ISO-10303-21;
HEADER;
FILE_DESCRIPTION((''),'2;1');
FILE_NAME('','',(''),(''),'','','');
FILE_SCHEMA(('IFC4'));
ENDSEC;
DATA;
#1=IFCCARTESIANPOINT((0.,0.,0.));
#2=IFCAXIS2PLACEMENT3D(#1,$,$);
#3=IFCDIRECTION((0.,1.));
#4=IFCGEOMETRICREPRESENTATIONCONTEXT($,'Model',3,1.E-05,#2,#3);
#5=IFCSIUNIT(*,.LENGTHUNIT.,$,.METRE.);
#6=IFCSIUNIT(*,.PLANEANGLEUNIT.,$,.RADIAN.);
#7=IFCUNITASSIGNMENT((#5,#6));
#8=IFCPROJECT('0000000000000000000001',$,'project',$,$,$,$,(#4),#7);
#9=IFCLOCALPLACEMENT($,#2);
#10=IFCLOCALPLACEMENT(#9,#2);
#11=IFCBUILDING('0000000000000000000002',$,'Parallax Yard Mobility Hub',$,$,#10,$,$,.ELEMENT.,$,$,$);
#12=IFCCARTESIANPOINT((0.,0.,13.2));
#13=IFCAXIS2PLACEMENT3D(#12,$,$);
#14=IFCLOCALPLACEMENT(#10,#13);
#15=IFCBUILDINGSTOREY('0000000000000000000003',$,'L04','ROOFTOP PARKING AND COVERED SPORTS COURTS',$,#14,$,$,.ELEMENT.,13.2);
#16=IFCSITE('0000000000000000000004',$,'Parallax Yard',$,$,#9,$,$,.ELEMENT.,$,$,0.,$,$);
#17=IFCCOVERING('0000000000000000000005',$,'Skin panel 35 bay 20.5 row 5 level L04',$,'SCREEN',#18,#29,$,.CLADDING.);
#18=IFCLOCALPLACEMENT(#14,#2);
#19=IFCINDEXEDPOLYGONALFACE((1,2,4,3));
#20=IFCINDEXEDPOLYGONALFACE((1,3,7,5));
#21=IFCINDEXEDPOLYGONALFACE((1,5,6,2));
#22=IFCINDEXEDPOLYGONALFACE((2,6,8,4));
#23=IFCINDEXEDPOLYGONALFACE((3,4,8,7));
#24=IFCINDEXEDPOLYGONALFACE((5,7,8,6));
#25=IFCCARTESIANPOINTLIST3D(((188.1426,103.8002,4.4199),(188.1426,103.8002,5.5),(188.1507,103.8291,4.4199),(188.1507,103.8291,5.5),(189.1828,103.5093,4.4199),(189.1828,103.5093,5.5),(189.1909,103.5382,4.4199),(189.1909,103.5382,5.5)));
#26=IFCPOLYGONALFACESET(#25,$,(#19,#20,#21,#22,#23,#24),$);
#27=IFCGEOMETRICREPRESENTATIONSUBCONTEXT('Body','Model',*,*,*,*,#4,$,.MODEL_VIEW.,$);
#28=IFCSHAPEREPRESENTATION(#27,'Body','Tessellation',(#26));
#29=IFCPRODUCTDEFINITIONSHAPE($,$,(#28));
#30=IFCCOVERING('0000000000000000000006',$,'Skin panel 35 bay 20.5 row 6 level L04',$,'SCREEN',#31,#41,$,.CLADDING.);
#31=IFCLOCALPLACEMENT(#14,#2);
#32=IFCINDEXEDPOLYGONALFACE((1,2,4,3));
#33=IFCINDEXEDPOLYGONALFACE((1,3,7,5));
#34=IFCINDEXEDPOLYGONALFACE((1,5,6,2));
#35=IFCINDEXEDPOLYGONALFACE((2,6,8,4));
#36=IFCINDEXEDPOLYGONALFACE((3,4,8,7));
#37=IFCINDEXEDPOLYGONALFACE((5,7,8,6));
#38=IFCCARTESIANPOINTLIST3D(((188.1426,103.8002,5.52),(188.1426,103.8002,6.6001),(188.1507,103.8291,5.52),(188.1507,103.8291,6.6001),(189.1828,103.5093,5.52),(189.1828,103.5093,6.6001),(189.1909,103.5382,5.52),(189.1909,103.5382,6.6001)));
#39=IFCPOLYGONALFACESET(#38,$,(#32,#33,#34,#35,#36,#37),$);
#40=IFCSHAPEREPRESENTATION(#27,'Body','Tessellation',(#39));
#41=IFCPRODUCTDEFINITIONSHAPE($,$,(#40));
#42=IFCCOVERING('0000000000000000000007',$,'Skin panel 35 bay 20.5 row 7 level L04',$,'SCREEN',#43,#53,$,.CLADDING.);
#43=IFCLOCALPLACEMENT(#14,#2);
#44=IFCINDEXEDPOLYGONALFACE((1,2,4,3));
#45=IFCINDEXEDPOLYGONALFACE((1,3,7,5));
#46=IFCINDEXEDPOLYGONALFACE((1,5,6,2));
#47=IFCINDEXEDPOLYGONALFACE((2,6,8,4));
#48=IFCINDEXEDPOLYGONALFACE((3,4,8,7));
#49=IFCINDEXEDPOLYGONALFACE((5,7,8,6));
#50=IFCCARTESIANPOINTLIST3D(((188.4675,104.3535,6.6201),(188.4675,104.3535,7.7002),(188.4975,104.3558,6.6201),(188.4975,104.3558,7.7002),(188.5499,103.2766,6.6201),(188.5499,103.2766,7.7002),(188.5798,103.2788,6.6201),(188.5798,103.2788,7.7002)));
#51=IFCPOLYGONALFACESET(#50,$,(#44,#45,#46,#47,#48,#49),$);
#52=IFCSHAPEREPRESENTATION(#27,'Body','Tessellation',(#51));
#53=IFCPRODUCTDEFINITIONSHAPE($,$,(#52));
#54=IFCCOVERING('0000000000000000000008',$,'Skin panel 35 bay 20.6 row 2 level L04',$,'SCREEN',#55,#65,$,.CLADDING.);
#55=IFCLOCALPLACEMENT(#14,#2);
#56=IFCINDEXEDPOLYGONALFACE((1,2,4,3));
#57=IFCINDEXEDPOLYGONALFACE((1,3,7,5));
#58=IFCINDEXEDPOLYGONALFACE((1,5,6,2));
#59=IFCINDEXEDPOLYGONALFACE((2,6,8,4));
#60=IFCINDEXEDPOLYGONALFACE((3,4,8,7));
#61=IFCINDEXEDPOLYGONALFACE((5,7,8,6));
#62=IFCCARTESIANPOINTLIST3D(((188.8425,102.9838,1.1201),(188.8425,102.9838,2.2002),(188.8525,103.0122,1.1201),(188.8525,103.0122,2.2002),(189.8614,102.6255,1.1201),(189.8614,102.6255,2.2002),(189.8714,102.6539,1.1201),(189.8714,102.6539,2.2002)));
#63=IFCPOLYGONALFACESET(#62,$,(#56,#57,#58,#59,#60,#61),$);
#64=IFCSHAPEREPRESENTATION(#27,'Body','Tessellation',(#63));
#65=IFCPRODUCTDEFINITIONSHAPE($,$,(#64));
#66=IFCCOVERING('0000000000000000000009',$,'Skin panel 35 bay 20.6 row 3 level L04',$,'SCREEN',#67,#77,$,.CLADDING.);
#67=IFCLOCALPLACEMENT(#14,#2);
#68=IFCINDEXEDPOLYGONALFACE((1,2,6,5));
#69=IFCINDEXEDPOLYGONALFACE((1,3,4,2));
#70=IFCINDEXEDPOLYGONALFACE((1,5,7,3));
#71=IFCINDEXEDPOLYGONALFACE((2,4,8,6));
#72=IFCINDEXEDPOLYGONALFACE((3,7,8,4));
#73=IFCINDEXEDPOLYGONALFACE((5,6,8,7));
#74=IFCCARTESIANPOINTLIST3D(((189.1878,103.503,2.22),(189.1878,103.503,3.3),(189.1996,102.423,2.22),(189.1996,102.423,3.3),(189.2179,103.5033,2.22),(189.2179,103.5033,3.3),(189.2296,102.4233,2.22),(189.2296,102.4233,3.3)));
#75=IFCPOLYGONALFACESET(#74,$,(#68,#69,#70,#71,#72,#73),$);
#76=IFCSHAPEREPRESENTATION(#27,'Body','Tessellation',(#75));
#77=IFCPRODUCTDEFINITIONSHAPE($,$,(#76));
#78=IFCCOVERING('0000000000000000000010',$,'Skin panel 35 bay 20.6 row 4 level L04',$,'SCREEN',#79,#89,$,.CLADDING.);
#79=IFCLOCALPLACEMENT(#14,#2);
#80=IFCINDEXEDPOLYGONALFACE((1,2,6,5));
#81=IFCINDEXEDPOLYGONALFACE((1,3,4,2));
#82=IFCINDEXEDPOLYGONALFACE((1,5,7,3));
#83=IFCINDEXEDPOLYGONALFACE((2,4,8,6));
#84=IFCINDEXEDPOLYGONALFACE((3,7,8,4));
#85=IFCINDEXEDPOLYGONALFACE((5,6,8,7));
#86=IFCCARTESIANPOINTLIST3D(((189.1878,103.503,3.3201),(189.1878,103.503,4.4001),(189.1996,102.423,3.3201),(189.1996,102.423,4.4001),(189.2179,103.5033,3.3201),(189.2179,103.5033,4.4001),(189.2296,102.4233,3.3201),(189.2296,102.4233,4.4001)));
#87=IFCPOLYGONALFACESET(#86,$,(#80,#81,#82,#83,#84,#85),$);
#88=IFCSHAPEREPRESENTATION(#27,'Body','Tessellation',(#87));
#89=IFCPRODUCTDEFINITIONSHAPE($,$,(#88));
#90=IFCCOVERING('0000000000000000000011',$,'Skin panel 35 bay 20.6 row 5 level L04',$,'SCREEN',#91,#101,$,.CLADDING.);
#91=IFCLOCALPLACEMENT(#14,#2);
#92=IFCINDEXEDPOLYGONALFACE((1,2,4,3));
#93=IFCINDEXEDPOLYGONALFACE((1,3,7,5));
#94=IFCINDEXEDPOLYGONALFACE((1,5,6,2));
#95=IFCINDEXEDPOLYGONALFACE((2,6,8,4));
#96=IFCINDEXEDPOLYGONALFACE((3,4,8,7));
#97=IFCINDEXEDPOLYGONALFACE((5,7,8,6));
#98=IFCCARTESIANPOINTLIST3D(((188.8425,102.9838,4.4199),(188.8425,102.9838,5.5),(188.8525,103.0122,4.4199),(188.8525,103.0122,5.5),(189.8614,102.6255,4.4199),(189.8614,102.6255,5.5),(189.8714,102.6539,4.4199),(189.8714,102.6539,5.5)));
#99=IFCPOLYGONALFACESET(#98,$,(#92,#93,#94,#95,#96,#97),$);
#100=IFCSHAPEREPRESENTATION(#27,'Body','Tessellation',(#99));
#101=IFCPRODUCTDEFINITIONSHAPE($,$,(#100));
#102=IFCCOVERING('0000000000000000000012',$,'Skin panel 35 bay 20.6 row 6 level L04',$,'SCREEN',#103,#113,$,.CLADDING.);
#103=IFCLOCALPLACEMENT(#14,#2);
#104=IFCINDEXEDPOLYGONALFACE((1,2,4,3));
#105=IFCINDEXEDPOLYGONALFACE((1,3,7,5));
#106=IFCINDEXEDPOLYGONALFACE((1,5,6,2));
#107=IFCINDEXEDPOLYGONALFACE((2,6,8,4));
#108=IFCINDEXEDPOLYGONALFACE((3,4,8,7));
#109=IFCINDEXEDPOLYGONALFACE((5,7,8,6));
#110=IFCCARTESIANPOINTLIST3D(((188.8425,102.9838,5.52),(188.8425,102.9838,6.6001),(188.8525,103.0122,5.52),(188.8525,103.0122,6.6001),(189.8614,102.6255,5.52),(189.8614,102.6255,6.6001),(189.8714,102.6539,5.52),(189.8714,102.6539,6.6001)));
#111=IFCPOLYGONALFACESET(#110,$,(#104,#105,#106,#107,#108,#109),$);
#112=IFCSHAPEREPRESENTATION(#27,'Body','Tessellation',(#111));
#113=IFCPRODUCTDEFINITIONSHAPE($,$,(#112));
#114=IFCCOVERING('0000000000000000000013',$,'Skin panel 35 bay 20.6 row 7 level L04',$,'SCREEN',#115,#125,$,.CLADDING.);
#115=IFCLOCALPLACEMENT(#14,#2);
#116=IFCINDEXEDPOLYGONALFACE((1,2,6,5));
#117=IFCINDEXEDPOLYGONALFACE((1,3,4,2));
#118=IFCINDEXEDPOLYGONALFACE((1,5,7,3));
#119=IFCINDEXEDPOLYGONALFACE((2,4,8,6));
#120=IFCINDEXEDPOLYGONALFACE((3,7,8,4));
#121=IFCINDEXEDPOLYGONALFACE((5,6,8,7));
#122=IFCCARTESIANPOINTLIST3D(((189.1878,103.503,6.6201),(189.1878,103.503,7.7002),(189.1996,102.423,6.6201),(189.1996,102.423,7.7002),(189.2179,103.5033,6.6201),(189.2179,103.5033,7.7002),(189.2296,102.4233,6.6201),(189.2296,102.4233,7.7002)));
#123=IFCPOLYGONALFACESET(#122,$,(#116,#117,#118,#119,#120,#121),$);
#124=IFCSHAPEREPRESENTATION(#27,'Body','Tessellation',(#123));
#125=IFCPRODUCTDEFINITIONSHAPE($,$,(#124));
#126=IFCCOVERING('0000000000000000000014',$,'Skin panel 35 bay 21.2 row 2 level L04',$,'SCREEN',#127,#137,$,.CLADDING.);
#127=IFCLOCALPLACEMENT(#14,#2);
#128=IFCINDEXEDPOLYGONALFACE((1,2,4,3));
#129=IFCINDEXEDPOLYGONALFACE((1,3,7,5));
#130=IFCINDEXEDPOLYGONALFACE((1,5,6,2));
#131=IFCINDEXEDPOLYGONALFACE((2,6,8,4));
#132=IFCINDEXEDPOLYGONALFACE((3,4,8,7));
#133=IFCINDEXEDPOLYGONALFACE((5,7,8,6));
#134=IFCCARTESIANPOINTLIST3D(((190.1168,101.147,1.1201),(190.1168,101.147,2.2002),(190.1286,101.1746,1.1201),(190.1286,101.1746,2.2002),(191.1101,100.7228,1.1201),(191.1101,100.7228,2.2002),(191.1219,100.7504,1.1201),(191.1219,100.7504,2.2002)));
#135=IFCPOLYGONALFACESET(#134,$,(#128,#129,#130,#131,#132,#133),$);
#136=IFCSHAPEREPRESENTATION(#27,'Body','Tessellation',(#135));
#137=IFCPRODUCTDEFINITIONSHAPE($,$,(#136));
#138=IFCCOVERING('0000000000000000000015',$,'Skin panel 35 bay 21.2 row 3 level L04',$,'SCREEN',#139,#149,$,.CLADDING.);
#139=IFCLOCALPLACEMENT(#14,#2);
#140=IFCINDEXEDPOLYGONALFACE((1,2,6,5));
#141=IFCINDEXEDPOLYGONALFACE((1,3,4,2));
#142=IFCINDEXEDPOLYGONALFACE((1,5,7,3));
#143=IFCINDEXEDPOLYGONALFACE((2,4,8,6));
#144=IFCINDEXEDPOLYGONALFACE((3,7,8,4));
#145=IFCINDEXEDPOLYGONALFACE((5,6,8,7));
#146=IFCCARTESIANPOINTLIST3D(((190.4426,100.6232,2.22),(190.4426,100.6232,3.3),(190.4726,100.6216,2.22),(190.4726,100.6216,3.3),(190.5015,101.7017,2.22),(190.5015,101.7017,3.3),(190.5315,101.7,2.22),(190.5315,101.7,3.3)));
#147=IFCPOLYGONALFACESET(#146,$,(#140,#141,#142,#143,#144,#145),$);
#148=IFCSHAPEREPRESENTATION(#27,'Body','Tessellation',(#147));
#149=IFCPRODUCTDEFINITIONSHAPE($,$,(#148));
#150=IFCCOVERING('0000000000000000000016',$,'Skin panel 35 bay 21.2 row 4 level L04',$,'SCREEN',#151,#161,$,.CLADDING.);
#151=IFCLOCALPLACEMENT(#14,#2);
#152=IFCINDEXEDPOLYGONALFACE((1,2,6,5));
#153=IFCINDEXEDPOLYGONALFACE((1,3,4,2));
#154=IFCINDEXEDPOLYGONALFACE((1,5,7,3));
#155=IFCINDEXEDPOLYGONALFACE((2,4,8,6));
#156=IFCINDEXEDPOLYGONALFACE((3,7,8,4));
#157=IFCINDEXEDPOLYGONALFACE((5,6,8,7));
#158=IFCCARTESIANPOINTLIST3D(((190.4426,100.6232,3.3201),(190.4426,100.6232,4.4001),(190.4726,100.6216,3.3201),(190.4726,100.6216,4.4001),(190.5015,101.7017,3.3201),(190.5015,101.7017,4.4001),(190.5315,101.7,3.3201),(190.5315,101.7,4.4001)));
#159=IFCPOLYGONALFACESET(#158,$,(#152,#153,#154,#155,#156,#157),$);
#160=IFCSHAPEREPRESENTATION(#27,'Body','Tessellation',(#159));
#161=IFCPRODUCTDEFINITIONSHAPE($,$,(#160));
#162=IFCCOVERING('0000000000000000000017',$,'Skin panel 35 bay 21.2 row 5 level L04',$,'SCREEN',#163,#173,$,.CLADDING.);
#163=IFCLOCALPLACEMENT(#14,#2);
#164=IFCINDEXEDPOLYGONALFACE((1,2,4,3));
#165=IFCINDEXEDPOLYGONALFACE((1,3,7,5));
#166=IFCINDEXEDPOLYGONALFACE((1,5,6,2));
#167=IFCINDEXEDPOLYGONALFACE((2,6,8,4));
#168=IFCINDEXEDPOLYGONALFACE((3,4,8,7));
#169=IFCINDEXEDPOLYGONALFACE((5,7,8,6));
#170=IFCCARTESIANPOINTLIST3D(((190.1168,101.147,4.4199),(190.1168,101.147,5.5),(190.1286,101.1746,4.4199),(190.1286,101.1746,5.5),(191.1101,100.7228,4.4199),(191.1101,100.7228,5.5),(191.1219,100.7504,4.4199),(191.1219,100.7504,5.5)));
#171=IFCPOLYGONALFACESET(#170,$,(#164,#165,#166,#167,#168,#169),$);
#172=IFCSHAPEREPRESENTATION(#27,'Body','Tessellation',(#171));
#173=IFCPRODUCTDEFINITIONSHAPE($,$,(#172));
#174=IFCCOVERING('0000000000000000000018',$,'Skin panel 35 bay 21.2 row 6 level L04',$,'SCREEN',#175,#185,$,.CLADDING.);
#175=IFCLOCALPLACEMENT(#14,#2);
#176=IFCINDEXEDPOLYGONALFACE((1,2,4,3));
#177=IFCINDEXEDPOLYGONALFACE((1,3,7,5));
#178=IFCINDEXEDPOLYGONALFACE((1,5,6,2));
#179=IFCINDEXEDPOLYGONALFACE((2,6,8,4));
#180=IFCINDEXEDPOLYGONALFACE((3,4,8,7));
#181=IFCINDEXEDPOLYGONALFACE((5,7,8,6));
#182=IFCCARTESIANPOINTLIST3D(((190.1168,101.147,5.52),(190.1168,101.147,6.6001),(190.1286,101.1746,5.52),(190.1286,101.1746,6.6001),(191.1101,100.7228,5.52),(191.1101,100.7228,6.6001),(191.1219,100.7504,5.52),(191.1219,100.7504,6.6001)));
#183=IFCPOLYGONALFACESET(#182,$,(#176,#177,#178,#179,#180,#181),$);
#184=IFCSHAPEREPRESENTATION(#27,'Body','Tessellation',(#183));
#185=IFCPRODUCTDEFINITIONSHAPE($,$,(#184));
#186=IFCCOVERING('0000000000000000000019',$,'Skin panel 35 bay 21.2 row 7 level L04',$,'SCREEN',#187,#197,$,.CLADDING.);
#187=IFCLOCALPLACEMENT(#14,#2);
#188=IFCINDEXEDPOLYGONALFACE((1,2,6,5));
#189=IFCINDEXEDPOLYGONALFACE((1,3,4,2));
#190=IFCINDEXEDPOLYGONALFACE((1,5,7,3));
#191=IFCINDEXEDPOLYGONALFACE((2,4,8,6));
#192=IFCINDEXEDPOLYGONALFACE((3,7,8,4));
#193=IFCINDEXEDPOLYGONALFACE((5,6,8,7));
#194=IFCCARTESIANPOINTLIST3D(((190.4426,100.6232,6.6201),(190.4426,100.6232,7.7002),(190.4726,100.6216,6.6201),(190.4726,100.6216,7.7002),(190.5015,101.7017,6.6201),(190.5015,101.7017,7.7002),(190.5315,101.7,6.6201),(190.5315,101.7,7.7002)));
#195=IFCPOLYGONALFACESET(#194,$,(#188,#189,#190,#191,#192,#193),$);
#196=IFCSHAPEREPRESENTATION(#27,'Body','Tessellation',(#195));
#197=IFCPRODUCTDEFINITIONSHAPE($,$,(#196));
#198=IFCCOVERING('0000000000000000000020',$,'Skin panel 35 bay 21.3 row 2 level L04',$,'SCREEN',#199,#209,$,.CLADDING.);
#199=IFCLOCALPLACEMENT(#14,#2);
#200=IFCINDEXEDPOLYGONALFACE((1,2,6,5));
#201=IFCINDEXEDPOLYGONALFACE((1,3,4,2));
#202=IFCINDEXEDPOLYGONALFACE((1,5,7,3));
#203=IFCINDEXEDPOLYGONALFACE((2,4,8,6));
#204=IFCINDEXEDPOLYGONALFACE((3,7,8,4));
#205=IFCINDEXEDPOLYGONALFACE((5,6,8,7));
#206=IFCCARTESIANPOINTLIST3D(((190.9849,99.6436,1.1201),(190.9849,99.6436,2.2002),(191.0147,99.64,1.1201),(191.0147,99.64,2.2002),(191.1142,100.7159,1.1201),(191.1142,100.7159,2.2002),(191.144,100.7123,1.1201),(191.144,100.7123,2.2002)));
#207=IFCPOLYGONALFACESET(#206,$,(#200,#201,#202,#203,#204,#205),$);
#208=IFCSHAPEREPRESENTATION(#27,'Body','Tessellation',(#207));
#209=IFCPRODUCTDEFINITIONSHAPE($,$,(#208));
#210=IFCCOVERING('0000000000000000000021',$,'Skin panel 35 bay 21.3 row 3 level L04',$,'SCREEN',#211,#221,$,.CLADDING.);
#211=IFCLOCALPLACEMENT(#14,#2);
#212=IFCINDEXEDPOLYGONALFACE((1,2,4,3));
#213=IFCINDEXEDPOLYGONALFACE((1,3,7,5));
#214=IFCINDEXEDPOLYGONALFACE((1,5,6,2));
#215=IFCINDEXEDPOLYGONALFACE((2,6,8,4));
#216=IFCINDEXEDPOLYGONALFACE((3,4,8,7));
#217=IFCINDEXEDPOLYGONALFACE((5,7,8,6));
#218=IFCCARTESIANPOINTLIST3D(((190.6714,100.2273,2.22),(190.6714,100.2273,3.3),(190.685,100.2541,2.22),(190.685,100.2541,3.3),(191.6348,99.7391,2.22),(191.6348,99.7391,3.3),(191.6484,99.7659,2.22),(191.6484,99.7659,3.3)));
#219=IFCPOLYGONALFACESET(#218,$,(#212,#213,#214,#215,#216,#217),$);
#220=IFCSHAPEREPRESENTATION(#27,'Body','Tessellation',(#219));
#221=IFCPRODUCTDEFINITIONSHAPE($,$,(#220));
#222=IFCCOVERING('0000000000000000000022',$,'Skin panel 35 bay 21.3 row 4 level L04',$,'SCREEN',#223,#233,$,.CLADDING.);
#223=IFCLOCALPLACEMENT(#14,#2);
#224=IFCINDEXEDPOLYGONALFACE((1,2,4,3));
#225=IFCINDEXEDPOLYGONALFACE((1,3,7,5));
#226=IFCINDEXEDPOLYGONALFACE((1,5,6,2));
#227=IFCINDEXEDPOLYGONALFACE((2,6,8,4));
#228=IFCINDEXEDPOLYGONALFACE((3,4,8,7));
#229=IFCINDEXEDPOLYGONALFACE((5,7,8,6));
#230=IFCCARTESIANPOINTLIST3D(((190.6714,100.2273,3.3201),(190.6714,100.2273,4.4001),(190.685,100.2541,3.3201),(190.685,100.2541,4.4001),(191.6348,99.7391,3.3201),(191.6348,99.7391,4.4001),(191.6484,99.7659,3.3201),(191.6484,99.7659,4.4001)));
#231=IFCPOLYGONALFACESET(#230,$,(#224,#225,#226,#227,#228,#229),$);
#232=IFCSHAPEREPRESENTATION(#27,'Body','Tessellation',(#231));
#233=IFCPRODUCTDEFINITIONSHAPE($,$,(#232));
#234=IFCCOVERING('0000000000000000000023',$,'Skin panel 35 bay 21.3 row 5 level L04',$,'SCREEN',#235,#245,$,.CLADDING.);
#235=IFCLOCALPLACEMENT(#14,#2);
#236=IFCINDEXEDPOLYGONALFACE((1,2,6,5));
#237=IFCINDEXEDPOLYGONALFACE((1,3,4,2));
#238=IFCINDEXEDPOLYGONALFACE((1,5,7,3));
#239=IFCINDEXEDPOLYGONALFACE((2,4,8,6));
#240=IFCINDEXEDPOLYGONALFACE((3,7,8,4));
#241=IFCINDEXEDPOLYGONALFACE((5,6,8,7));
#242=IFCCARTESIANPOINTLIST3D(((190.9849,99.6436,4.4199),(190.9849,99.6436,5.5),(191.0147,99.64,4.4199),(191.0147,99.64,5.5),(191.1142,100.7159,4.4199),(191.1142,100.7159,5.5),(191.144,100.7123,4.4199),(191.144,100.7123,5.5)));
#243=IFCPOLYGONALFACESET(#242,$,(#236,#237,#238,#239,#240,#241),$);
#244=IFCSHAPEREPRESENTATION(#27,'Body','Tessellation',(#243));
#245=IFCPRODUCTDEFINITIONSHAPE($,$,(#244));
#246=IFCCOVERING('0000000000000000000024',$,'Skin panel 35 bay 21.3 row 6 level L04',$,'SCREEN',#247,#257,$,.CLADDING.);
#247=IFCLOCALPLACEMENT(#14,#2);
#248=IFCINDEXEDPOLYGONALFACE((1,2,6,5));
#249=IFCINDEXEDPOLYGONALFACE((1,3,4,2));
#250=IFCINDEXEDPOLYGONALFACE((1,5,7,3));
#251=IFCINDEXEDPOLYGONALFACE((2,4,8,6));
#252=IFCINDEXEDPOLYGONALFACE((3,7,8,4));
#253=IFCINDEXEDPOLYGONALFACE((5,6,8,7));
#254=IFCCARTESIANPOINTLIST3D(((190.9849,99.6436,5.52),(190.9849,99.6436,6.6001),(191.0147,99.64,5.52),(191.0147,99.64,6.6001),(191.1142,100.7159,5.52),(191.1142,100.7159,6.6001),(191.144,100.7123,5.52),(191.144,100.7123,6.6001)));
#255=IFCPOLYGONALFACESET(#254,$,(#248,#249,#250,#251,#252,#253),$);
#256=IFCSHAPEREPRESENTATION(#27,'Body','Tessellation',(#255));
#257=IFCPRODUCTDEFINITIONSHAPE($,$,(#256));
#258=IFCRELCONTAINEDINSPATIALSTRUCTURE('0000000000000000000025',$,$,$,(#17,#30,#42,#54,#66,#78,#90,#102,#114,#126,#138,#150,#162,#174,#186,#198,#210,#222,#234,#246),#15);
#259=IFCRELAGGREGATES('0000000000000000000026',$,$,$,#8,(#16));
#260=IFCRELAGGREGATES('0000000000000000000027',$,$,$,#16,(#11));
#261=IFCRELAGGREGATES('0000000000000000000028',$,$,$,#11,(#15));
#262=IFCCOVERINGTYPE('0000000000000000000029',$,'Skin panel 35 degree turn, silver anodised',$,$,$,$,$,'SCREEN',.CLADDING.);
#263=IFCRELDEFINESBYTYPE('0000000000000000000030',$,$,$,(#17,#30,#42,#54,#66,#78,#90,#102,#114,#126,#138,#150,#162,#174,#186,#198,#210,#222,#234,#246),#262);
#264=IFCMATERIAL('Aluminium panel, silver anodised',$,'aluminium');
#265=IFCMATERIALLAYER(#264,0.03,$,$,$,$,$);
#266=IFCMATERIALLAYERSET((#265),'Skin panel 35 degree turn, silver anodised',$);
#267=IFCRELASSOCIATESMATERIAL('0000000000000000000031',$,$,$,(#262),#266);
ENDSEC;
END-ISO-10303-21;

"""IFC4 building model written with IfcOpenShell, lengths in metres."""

from ifc_helpers import new_model, si_unit, direction, frame, origin, origin_2d, place, context, subcontext, project, spatial, rectangle, extrude, material, layer, layer_set, type_object, element, save


model = new_model("IFC4")

# Units and contexts
model_context = context("Model", 3, precision=1e-05, world=origin(), true_north=direction((0.0, 1.0)))
body_context = subcontext(model_context, "Body", "Model", "MODEL_VIEW")
ifc_project = project(units=[si_unit("LENGTHUNIT", "METRE"), si_unit("PLANEANGLEUNIT", "RADIAN")], contexts=[model_context])

# Site, building, storey
site_placement = place(None, origin())
site = spatial("IfcSite", under=ifc_project, at=site_placement, Name="Parallax Yard", CompositionType="ELEMENT", RefElevation=0.0)
building_placement = place(site_placement, origin())
building = spatial("IfcBuilding", under=site, at=building_placement, Name="Parallax Yard Mobility Hub", CompositionType="ELEMENT")
storey_placement = place(building_placement, frame((0.0, 0.0, 13.2)))
storey = spatial("IfcBuildingStorey", under=building, at=storey_placement, Name="L04", Description="ROOFTOP PARKING AND COVERED SPORTS COURTS", CompositionType="ELEMENT", Elevation=13.2)

# Coverings
ifc_material_1 = material(Name="Aluminium panel, silver anodised", Category="aluminium")
ifc_layer_1 = layer(ifc_material_1, 0.03)
ifc_layer_set_1 = layer_set([ifc_layer_1], Name="Skin panel 35 degree turn, silver anodised")
covering_type_1 = type_object("IfcCoveringType", Name="Skin panel 35 degree turn, silver anodised", ElementType="SCREEN", PredefinedType="CLADDING", material=ifc_layer_set_1)
for number, where, z_axis, x_axis, name in (
    (1, (188.6667, 103.6692, 4.4199), (0.0, 0.0, 1.0), (-0.963045, 0.26934, 0.0), "Skin panel 35 bay 20.5 row 5 level L04"),
    (2, (188.6667, 103.6692, 5.52), (0.0, 0.0, 1.0), (-0.963045, 0.26934, 0.0), "Skin panel 35 bay 20.5 row 6 level L04"),
    (3, (188.5237, 103.8162, 6.6201), (0.0, 0.0, 1.0), (0.076284, -0.997086, 0.0), "Skin panel 35 bay 20.5 row 7 level L04"),
    (4, (189.3569, 102.8188, 1.1201), (0.0, 0.0, 1.0), (-0.943368, 0.33175, 0.0), "Skin panel 35 bay 20.6 row 2 level L04"),
    (5, (189.2087, 102.9631, 2.22), (0.0, 0.0, 1.0), (0.010908, -0.999941, 0.0), "Skin panel 35 bay 20.6 row 3 level L04"),
    (6, (189.2087, 102.9631, 3.3201), (0.0, 0.0, 1.0), (0.010908, -0.999941, 0.0), "Skin panel 35 bay 20.6 row 4 level L04"),
    (7, (189.3569, 102.8188, 4.4199), (0.0, 0.0, 1.0), (-0.943368, 0.33175, 0.0), "Skin panel 35 bay 20.6 row 5 level L04"),
    (8, (189.3569, 102.8188, 5.52), (0.0, 0.0, 1.0), (-0.943368, 0.33175, 0.0), "Skin panel 35 bay 20.6 row 6 level L04"),
    (9, (189.2087, 102.9631, 6.6201), (0.0, 0.0, 1.0), (0.010908, -0.999941, 0.0), "Skin panel 35 bay 20.6 row 7 level L04"),
    (10, (190.6194, 100.9487, 1.1201), (0.0, 0.0, 1.0), (-0.91965, 0.392738, 0.0), "Skin panel 35 bay 21.2 row 2 level L04"),
    (11, (190.4871, 101.1616, 2.22), (0.0, 0.0, 1.0), (-0.054515, -0.998513, 0.0), "Skin panel 35 bay 21.2 row 3 level L04"),
    (12, (190.4871, 101.1616, 3.3201), (0.0, 0.0, 1.0), (-0.054515, -0.998513, 0.0), "Skin panel 35 bay 21.2 row 4 level L04"),
    (13, (190.6194, 100.9487, 4.4199), (0.0, 0.0, 1.0), (-0.91965, 0.392738, 0.0), "Skin panel 35 bay 21.2 row 5 level L04"),
    (14, (190.6194, 100.9487, 5.52), (0.0, 0.0, 1.0), (-0.91965, 0.392738, 0.0), "Skin panel 35 bay 21.2 row 6 level L04"),
    (15, (190.4871, 101.1616, 6.6201), (0.0, 0.0, 1.0), (-0.054515, -0.998513, 0.0), "Skin panel 35 bay 21.2 row 7 level L04"),
    (16, (191.0645, 100.178, 1.1201), (0.0, 0.0, 1.0), (-0.119704, -0.99281, 0.0), "Skin panel 35 bay 21.3 row 2 level L04"),
    (17, (191.1599, 99.9966, 2.22), (0.0, 0.0, 1.0), (-0.891995, 0.452046, 0.0), "Skin panel 35 bay 21.3 row 3 level L04"),
    (18, (191.1599, 99.9966, 3.3201), (0.0, 0.0, 1.0), (-0.891995, 0.452046, 0.0), "Skin panel 35 bay 21.3 row 4 level L04"),
    (19, (191.0645, 100.178, 4.4199), (0.0, 0.0, 1.0), (-0.119704, -0.99281, 0.0), "Skin panel 35 bay 21.3 row 5 level L04"),
    (20, (191.0645, 100.178, 5.52), (0.0, 0.0, 1.0), (-0.119704, -0.99281, 0.0), "Skin panel 35 bay 21.3 row 6 level L04"),
):
    element("IfcCovering", number, at=place(storey_placement, frame(where, z_axis=z_axis, x_axis=x_axis)), inside=storey, type_object=covering_type_1, Name=name, ObjectType="SCREEN", PredefinedType="CLADDING", context=body_context, shape_type="SweptSolid", body=[
        extrude(rectangle(XDim=1.0801, YDim=0.03, at=origin_2d()), origin(), (0.0, 0.0, 1.0), 1.0801),
    ])

save(model, "model.ifc")
